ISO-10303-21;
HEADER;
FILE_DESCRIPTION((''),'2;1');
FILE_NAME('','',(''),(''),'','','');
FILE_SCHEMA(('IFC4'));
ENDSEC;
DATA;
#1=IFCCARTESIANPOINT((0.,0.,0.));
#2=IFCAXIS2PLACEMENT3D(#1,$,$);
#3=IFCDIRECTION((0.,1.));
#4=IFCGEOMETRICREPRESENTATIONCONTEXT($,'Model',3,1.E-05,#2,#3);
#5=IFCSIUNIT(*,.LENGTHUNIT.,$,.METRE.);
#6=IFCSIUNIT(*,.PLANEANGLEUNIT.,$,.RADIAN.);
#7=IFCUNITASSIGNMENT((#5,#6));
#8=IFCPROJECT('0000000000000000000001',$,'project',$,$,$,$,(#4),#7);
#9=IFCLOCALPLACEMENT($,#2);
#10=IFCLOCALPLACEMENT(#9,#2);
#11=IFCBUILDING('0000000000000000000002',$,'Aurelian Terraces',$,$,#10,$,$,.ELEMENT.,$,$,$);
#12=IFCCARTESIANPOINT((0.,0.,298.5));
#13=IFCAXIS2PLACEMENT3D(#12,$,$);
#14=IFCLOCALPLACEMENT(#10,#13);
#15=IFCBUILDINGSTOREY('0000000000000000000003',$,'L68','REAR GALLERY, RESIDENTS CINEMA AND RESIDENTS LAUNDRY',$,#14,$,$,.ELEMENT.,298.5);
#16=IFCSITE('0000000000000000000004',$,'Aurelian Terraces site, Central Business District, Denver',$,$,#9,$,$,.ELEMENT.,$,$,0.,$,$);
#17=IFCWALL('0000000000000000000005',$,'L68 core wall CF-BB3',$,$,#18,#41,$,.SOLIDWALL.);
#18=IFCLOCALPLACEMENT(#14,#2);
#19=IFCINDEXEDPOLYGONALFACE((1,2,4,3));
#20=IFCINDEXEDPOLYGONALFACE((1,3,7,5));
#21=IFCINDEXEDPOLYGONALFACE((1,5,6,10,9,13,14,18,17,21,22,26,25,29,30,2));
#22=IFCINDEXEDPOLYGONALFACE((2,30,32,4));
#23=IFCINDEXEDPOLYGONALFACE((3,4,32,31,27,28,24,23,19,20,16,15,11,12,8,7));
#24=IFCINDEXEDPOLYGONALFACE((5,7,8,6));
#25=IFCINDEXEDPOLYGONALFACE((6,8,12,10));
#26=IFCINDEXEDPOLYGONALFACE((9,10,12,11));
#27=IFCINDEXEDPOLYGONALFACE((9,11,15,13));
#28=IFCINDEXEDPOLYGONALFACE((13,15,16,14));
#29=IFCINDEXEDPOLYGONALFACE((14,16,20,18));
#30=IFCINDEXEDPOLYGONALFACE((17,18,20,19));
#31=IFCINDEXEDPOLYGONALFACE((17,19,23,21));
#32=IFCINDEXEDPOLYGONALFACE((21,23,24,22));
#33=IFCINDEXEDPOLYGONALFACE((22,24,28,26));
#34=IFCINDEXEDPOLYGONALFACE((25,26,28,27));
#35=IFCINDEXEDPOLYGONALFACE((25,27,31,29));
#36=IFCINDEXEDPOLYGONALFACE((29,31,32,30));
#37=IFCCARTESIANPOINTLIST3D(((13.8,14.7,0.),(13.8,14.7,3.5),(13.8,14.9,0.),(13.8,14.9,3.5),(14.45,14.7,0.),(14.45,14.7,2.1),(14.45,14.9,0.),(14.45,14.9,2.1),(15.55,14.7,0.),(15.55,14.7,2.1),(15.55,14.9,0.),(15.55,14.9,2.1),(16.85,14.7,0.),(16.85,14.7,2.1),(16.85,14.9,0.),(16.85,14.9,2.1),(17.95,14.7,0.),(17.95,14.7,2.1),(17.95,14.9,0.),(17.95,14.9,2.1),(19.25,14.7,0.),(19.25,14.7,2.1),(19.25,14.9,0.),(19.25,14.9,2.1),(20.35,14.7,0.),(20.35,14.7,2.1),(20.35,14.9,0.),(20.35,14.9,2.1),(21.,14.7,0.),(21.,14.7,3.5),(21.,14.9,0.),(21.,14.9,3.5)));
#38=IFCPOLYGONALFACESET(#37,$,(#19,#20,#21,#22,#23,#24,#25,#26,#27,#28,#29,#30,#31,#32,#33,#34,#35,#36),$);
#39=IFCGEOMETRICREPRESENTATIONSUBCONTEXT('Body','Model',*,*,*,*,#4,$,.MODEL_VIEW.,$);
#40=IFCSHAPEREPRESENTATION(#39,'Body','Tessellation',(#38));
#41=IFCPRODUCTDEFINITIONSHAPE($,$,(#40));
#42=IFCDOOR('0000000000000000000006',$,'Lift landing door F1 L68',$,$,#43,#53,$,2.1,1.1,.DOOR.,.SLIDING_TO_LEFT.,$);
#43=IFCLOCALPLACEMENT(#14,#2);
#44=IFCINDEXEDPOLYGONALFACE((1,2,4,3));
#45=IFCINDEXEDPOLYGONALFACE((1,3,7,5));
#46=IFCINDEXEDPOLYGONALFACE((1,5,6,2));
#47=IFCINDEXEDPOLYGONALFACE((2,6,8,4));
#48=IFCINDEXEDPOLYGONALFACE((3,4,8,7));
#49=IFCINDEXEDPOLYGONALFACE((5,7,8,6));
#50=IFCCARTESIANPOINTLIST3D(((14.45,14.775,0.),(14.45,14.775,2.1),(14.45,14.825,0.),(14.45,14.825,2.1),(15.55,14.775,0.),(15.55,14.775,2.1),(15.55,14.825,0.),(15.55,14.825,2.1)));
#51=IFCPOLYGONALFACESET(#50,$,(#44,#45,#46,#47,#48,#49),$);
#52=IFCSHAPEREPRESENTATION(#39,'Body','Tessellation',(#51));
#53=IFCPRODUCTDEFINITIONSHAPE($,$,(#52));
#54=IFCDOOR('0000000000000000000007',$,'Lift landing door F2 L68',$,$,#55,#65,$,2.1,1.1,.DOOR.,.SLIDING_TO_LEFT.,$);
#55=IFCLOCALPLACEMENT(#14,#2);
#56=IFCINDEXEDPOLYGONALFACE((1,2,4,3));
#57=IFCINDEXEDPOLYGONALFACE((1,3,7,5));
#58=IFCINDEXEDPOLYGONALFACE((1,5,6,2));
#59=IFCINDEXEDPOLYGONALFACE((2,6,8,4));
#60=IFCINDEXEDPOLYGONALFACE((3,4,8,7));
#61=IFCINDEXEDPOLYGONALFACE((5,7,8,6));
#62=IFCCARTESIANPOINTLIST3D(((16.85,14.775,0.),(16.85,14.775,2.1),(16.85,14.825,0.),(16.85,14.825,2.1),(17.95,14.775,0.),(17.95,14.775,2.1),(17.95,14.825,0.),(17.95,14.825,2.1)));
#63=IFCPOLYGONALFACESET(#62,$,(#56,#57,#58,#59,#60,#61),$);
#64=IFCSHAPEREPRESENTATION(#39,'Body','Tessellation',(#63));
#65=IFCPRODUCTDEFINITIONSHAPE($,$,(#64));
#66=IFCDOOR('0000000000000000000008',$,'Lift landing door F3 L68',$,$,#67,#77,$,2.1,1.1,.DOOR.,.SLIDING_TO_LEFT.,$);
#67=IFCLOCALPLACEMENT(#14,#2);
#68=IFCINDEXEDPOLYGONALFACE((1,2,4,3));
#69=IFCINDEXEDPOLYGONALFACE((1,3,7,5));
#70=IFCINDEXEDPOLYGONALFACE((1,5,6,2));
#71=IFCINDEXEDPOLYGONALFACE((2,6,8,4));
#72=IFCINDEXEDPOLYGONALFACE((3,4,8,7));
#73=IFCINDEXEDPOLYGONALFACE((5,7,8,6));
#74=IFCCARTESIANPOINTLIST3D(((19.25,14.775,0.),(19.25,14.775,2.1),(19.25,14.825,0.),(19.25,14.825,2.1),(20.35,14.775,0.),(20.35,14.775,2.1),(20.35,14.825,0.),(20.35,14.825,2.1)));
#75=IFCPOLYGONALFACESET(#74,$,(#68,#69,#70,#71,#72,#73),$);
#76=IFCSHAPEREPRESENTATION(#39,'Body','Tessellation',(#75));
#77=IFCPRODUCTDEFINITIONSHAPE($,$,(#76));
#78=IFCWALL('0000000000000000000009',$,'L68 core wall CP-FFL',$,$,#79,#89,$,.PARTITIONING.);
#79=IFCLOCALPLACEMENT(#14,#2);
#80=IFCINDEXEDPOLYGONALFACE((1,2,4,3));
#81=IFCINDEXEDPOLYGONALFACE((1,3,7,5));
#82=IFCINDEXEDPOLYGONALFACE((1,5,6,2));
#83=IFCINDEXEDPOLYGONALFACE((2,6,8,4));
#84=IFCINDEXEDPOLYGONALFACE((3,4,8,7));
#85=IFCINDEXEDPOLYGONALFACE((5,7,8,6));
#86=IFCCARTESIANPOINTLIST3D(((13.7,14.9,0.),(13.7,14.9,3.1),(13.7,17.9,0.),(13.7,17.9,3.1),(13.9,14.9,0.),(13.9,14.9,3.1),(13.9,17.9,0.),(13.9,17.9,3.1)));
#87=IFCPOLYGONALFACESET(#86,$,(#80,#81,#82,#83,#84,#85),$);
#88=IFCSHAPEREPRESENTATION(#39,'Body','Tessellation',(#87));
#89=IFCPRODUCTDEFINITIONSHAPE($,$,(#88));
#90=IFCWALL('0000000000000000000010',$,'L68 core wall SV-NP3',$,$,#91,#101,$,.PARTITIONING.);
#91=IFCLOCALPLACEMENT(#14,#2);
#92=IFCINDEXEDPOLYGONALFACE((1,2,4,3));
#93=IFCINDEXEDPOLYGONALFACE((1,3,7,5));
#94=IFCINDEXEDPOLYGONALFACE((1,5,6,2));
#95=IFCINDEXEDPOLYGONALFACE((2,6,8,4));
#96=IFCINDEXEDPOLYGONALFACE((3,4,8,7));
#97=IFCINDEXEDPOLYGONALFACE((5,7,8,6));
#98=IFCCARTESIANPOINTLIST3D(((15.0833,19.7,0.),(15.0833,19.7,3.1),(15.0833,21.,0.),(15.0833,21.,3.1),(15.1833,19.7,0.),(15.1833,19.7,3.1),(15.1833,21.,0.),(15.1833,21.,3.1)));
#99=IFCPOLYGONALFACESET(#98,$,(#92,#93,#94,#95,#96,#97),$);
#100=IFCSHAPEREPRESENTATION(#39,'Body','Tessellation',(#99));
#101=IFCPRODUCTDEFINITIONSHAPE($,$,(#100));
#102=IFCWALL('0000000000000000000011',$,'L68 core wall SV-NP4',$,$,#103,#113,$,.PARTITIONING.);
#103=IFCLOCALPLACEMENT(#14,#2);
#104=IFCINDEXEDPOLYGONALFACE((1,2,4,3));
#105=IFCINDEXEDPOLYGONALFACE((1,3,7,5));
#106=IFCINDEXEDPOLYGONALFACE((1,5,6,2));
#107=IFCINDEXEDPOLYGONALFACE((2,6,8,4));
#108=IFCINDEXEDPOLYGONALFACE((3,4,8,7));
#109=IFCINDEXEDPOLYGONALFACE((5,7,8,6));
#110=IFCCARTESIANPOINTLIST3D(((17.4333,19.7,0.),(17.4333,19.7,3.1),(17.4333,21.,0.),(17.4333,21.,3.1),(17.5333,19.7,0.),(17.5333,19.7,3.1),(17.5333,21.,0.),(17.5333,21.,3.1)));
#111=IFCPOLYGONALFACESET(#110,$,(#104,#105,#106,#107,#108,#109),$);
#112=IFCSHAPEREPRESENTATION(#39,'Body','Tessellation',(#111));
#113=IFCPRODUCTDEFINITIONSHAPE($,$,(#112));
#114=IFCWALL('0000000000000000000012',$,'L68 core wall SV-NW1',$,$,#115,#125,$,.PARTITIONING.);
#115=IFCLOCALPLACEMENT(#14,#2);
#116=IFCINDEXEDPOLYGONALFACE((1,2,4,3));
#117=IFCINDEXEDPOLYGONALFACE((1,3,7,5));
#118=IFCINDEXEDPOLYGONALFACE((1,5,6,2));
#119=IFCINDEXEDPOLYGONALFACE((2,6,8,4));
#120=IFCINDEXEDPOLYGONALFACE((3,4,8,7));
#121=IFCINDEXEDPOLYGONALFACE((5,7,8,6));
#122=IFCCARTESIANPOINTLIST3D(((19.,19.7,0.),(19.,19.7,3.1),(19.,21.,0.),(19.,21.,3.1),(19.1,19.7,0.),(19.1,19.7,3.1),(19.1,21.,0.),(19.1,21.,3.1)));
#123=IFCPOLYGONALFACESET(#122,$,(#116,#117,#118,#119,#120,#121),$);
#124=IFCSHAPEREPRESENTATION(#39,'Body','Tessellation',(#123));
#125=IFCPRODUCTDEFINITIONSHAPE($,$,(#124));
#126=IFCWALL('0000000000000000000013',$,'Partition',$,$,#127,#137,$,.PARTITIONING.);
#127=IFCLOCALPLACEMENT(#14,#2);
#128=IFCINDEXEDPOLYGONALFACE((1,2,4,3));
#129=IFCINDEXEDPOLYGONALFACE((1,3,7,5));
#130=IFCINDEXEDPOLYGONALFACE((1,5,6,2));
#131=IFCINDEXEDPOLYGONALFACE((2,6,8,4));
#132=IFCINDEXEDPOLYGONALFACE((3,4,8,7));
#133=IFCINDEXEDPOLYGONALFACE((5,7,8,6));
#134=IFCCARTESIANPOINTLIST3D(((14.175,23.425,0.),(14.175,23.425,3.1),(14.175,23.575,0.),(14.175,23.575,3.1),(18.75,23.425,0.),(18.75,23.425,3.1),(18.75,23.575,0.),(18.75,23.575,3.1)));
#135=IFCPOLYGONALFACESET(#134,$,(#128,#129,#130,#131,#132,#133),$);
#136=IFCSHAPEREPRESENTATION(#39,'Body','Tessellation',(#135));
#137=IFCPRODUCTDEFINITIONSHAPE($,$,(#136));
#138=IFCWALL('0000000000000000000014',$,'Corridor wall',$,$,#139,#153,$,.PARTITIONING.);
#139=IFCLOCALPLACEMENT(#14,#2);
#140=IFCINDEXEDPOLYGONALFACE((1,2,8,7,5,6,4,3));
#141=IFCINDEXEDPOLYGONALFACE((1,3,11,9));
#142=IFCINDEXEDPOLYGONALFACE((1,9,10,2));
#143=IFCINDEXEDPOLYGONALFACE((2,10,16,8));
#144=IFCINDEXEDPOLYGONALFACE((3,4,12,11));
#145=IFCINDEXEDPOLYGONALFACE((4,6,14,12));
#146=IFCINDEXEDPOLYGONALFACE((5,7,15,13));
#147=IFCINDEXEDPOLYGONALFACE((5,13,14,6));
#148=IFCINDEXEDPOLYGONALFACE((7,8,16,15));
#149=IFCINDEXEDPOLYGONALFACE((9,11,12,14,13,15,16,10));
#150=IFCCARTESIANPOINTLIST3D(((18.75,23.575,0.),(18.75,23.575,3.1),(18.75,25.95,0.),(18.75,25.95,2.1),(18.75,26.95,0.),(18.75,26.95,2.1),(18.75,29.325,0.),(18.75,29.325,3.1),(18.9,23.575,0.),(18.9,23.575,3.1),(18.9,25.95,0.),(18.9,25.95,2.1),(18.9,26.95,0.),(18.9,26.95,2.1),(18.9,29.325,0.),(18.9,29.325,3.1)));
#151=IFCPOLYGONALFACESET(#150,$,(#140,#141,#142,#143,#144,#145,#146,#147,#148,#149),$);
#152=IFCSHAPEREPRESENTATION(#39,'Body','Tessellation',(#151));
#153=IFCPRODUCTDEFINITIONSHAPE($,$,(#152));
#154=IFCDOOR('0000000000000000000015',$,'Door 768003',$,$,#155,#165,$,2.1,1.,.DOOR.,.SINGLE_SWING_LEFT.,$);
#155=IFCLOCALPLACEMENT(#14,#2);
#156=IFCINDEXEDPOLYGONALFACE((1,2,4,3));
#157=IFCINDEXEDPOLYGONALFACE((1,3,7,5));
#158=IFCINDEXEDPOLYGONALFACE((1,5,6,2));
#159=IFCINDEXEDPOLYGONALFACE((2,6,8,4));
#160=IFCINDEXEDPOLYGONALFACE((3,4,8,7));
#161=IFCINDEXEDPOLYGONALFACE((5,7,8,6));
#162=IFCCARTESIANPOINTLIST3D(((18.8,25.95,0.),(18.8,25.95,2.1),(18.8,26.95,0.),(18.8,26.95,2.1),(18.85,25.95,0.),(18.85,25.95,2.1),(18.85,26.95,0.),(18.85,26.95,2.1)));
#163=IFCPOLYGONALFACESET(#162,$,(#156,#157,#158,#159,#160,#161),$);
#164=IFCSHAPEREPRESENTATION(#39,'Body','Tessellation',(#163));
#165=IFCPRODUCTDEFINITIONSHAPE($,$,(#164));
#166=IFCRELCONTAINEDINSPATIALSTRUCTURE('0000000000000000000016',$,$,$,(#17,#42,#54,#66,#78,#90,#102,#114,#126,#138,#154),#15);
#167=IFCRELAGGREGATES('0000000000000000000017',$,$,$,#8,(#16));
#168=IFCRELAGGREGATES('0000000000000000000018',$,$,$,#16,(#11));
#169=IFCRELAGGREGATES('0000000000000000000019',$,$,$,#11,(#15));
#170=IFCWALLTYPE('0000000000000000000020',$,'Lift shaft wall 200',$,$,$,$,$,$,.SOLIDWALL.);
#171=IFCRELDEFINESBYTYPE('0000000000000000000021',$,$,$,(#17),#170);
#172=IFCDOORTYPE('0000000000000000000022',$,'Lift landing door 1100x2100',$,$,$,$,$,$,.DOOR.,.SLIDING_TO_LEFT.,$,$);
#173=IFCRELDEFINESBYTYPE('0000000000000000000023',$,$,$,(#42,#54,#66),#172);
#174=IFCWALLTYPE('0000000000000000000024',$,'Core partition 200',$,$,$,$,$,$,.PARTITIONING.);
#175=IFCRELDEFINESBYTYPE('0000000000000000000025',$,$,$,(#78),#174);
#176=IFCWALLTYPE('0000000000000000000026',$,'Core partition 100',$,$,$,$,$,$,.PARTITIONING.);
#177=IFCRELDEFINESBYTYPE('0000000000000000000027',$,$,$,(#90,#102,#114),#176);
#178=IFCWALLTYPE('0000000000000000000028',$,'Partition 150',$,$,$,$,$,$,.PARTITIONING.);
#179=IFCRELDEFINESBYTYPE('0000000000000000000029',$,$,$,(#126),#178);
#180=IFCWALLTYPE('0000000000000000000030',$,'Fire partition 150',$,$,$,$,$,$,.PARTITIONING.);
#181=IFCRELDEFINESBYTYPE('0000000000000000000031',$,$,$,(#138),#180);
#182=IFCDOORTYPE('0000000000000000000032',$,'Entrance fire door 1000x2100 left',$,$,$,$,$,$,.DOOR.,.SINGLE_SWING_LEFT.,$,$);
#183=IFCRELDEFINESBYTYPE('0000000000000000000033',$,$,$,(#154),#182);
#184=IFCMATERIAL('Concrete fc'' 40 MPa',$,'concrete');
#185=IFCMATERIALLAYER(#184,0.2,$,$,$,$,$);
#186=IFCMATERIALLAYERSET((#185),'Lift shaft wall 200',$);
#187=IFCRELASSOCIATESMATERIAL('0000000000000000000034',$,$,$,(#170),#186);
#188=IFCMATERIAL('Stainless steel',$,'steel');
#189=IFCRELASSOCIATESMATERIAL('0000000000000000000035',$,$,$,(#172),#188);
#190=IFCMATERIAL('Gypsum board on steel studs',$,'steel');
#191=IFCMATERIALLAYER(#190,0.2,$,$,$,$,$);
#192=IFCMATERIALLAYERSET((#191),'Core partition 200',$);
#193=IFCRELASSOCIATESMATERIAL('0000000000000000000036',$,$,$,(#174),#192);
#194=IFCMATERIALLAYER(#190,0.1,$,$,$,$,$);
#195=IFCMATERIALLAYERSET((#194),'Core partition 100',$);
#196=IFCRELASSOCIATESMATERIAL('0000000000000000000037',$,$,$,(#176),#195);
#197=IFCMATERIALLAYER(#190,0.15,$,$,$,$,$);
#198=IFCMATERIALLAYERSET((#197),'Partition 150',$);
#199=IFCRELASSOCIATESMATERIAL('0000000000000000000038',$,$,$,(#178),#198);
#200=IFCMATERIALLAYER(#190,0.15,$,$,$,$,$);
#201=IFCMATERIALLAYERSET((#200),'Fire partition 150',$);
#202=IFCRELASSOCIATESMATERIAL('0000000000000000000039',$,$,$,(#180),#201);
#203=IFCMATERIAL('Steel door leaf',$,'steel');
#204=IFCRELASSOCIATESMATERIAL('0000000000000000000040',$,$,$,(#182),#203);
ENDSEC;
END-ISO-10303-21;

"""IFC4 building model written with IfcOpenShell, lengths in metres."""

from ifc_helpers import new_model, si_unit, direction, frame, frame_2d, origin, place, context, subcontext, project, spatial, rectangle, extrude, source, transform, mapped, material, layer, layer_set, type_object, element, fill, save


model = new_model("IFC4")

# Units and contexts
model_context = context("Model", 3, precision=1e-05, world=origin(), true_north=direction((0.0, 1.0)))
body_context = subcontext(model_context, "Body", "Model", "MODEL_VIEW")
ifc_project = project(units=[si_unit("LENGTHUNIT", "METRE"), si_unit("PLANEANGLEUNIT", "RADIAN")], contexts=[model_context])

# Site, building, storey
site_placement = place(None, origin())
site = spatial("IfcSite", under=ifc_project, at=site_placement, Name="Aurelian Terraces site, Central Business District, Denver", CompositionType="ELEMENT", RefElevation=0.0)
building_placement = place(site_placement, origin())
building = spatial("IfcBuilding", under=site, at=building_placement, Name="Aurelian Terraces", CompositionType="ELEMENT")
storey_placement = place(building_placement, frame((0.0, 0.0, 298.5)))
storey = spatial("IfcBuildingStorey", under=building, at=storey_placement, Name="L68", Description="REAR GALLERY, RESIDENTS CINEMA AND RESIDENTS LAUNDRY", CompositionType="ELEMENT", Elevation=298.5)

# Shared definitions
ifc_material_1 = material(Name="Concrete fc' 40 MPa", Category="concrete")
ifc_layer_1 = layer(ifc_material_1, 0.2)
ifc_layer_set_1 = layer_set([ifc_layer_1], Name="Lift shaft wall 200")
wall_type_1 = type_object("IfcWallType", Name="Lift shaft wall 200", PredefinedType="SOLIDWALL", material=ifc_layer_set_1)
shared_shape_1 = source(origin(), body_context, "Body", "SweptSolid", [
    extrude(rectangle(XDim=7.2, YDim=0.2, at=frame_2d((3.6, 0.0))), origin(), (0.0, 0.0, 1.0), 3.5),
])

# Wall, openings, doors
wall_1_placement = place(storey_placement, frame((13.8, 14.8, 0.0), z_axis=(0.0, 0.0, 1.0), x_axis=(1.0, 0.0, 0.0)))
wall_1 = element("IfcWall", 1, at=wall_1_placement, inside=storey, type_object=wall_type_1, Name="L68 core wall CF-BB3", PredefinedType="SOLIDWALL", context=body_context, shape_type="MappedRepresentation", body=[
    mapped(shared_shape_1, transform((0.0, 0.0, 0.0), scale=1.0)),
])
shared_shape_2 = source(origin(), body_context, "Body", "SweptSolid", [
    extrude(rectangle(XDim=1.1, YDim=2.1, at=frame_2d((0.55, 1.05))), frame((0.0, 0.11, 0.0), z_axis=(0.0, -1.0, 0.0), x_axis=(1.0, 0.0, 0.0)), (0.0, 0.0, 1.0), 0.22),
])
opening_1_placement = place(wall_1_placement, frame((0.65, 0.0, 0.0)))
opening_1 = element("IfcOpeningElement", 2, at=opening_1_placement, cuts=wall_1, PredefinedType="OPENING", context=body_context, shape_type="MappedRepresentation", body=[
    mapped(shared_shape_2, transform((0.0, 0.0, 0.0), scale=1.0)),
])
opening_2_placement = place(wall_1_placement, frame((3.05, 0.0, 0.0)))
opening_2 = element("IfcOpeningElement", 3, at=opening_2_placement, cuts=wall_1, PredefinedType="OPENING", context=body_context, shape_type="MappedRepresentation", body=[
    mapped(shared_shape_2, transform((0.0, 0.0, 0.0), scale=1.0)),
])
opening_3_placement = place(wall_1_placement, frame((5.45, 0.0, 0.0)))
opening_3 = element("IfcOpeningElement", 4, at=opening_3_placement, cuts=wall_1, PredefinedType="OPENING", context=body_context, shape_type="MappedRepresentation", body=[
    mapped(shared_shape_2, transform((0.0, 0.0, 0.0), scale=1.0)),
])
ifc_material_2 = material(Name="Stainless steel", Category="steel")
door_type_1 = type_object("IfcDoorType", Name="Lift landing door 1100x2100", OperationType="SLIDING_TO_LEFT", PredefinedType="DOOR", material=ifc_material_2)
shared_shape_3 = source(origin(), body_context, "Body", "SweptSolid", [
    extrude(rectangle(XDim=1.1, YDim=2.1, at=frame_2d((0.55, 1.05))), frame((0.0, 0.025, 0.0), z_axis=(0.0, -1.0, 0.0), x_axis=(1.0, 0.0, 0.0)), (0.0, 0.0, 1.0), 0.05),
])
door_1_placement = place(opening_1_placement, origin())
door_1 = element("IfcDoor", 5, at=door_1_placement, inside=storey, type_object=door_type_1, Name="Lift landing door F1 L68", OperationType="SLIDING_TO_LEFT", OverallHeight=2.1, OverallWidth=1.1, PredefinedType="DOOR", context=body_context, shape_type="MappedRepresentation", body=[
    mapped(shared_shape_3, transform((0.0, 0.0, 0.0), scale=1.0)),
])
fill(opening_1, door_1)
door_2_placement = place(opening_2_placement, origin())
door_2 = element("IfcDoor", 6, at=door_2_placement, inside=storey, type_object=door_type_1, Name="Lift landing door F2 L68", OperationType="SLIDING_TO_LEFT", OverallHeight=2.1, OverallWidth=1.1, PredefinedType="DOOR", context=body_context, shape_type="MappedRepresentation", body=[
    mapped(shared_shape_3, transform((0.0, 0.0, 0.0), scale=1.0)),
])
fill(opening_2, door_2)
door_3_placement = place(opening_3_placement, origin())
door_3 = element("IfcDoor", 7, at=door_3_placement, inside=storey, type_object=door_type_1, Name="Lift landing door F3 L68", OperationType="SLIDING_TO_LEFT", OverallHeight=2.1, OverallWidth=1.1, PredefinedType="DOOR", context=body_context, shape_type="MappedRepresentation", body=[
    mapped(shared_shape_3, transform((0.0, 0.0, 0.0), scale=1.0)),
])
fill(opening_3, door_3)

# Walls
ifc_material_3 = material(Name="Gypsum board on steel studs", Category="steel")
ifc_layer_2 = layer(ifc_material_3, 0.2)
ifc_layer_set_2 = layer_set([ifc_layer_2], Name="Core partition 200")
wall_type_2 = type_object("IfcWallType", Name="Core partition 200", PredefinedType="PARTITIONING", material=ifc_layer_set_2)
shared_shape_4 = source(origin(), body_context, "Body", "SweptSolid", [
    extrude(rectangle(XDim=3.0, YDim=0.2, at=frame_2d((1.5, 0.0))), origin(), (0.0, 0.0, 1.0), 3.1),
])
wall_2_placement = place(storey_placement, frame((13.8, 14.9, 0.0), z_axis=(0.0, 0.0, 1.0), x_axis=(0.0, 1.0, 0.0)))
element("IfcWall", 8, at=wall_2_placement, inside=storey, type_object=wall_type_2, Name="L68 core wall CP-FFL", PredefinedType="PARTITIONING", context=body_context, shape_type="MappedRepresentation", body=[
    mapped(shared_shape_4, transform((0.0, 0.0, 0.0), scale=1.0)),
])
ifc_layer_3 = layer(ifc_material_3, 0.1)
ifc_layer_set_3 = layer_set([ifc_layer_3], Name="Core partition 100")
wall_type_3 = type_object("IfcWallType", Name="Core partition 100", PredefinedType="PARTITIONING", material=ifc_layer_set_3)
shared_shape_5 = source(origin(), body_context, "Body", "SweptSolid", [
    extrude(rectangle(XDim=1.3, YDim=0.1, at=frame_2d((0.65, 0.0))), origin(), (0.0, 0.0, 1.0), 3.1),
])
for number, where, z_axis, x_axis, name in (
    (9, (15.1333, 19.7, 0.0), (0.0, 0.0, 1.0), (0.0, 1.0, 0.0), "L68 core wall SV-NP3"),
    (10, (17.4833, 19.7, 0.0), (0.0, 0.0, 1.0), (0.0, 1.0, 0.0), "L68 core wall SV-NP4"),
    (11, (19.05, 19.7, 0.0), (0.0, 0.0, 1.0), (0.0, 1.0, 0.0), "L68 core wall SV-NW1"),
):
    element("IfcWall", number, at=place(storey_placement, frame(where, z_axis=z_axis, x_axis=x_axis)), inside=storey, type_object=wall_type_3, Name=name, PredefinedType="PARTITIONING", context=body_context, shape_type="MappedRepresentation", body=[
        mapped(shared_shape_5, transform((0.0, 0.0, 0.0), scale=1.0)),
    ])
ifc_layer_4 = layer(ifc_material_3, 0.15)
ifc_layer_set_4 = layer_set([ifc_layer_4], Name="Partition 150")
wall_type_4 = type_object("IfcWallType", Name="Partition 150", PredefinedType="PARTITIONING", material=ifc_layer_set_4)
shared_shape_6 = source(origin(), body_context, "Body", "SweptSolid", [
    extrude(rectangle(XDim=4.575, YDim=0.15, at=frame_2d((2.2875, 0.0))), origin(), (0.0, 0.0, 1.0), 3.1),
])
wall_3_placement = place(storey_placement, frame((14.175, 23.5, 0.0), z_axis=(0.0, 0.0, 1.0), x_axis=(1.0, 0.0, 0.0)))
element("IfcWall", 12, at=wall_3_placement, inside=storey, type_object=wall_type_4, Name="Partition", PredefinedType="PARTITIONING", context=body_context, shape_type="MappedRepresentation", body=[
    mapped(shared_shape_6, transform((0.0, 0.0, 0.0), scale=1.0)),
])

# Wall, opening, door
ifc_layer_5 = layer(ifc_material_3, 0.15)
ifc_layer_set_5 = layer_set([ifc_layer_5], Name="Fire partition 150")
wall_type_5 = type_object("IfcWallType", Name="Fire partition 150", PredefinedType="PARTITIONING", material=ifc_layer_set_5)
shared_shape_7 = source(origin(), body_context, "Body", "SweptSolid", [
    extrude(rectangle(XDim=5.75, YDim=0.15, at=frame_2d((2.875, 0.0))), origin(), (0.0, 0.0, 1.0), 3.1),
])
wall_4_placement = place(storey_placement, frame((18.825, 23.575, 0.0), z_axis=(0.0, 0.0, 1.0), x_axis=(0.0, 1.0, 0.0)))
wall_4 = element("IfcWall", 13, at=wall_4_placement, inside=storey, type_object=wall_type_5, Name="Corridor wall", PredefinedType="PARTITIONING", context=body_context, shape_type="MappedRepresentation", body=[
    mapped(shared_shape_7, transform((0.0, 0.0, 0.0), scale=1.0)),
])
shared_shape_8 = source(origin(), body_context, "Body", "SweptSolid", [
    extrude(rectangle(XDim=1.0, YDim=2.1, at=frame_2d((0.5, 1.05))), frame((0.0, 0.085, 0.0), z_axis=(0.0, -1.0, 0.0), x_axis=(1.0, 0.0, 0.0)), (0.0, 0.0, 1.0), 0.17),
])
opening_4_placement = place(wall_4_placement, frame((2.375, 0.0, 0.0)))
opening_4 = element("IfcOpeningElement", 14, at=opening_4_placement, cuts=wall_4, PredefinedType="OPENING", context=body_context, shape_type="MappedRepresentation", body=[
    mapped(shared_shape_8, transform((0.0, 0.0, 0.0), scale=1.0)),
])
ifc_material_4 = material(Name="Steel door leaf", Category="steel")
door_type_2 = type_object("IfcDoorType", Name="Entrance fire door 1000x2100 left", OperationType="SINGLE_SWING_LEFT", PredefinedType="DOOR", material=ifc_material_4)
shared_shape_9 = source(origin(), body_context, "Body", "SweptSolid", [
    extrude(rectangle(XDim=1.0, YDim=2.1, at=frame_2d((0.5, 1.05))), frame((0.0, 0.025, 0.0), z_axis=(0.0, -1.0, 0.0), x_axis=(1.0, 0.0, 0.0)), (0.0, 0.0, 1.0), 0.05),
])
door_4_placement = place(opening_4_placement, origin())
door_4 = element("IfcDoor", 15, at=door_4_placement, inside=storey, type_object=door_type_2, Name="Door 768003", OperationType="SINGLE_SWING_LEFT", OverallHeight=2.1, OverallWidth=1.0, PredefinedType="DOOR", context=body_context, shape_type="MappedRepresentation", body=[
    mapped(shared_shape_9, transform((0.0, 0.0, 0.0), scale=1.0)),
])
fill(opening_4, door_4)

save(model, "model.ifc")
